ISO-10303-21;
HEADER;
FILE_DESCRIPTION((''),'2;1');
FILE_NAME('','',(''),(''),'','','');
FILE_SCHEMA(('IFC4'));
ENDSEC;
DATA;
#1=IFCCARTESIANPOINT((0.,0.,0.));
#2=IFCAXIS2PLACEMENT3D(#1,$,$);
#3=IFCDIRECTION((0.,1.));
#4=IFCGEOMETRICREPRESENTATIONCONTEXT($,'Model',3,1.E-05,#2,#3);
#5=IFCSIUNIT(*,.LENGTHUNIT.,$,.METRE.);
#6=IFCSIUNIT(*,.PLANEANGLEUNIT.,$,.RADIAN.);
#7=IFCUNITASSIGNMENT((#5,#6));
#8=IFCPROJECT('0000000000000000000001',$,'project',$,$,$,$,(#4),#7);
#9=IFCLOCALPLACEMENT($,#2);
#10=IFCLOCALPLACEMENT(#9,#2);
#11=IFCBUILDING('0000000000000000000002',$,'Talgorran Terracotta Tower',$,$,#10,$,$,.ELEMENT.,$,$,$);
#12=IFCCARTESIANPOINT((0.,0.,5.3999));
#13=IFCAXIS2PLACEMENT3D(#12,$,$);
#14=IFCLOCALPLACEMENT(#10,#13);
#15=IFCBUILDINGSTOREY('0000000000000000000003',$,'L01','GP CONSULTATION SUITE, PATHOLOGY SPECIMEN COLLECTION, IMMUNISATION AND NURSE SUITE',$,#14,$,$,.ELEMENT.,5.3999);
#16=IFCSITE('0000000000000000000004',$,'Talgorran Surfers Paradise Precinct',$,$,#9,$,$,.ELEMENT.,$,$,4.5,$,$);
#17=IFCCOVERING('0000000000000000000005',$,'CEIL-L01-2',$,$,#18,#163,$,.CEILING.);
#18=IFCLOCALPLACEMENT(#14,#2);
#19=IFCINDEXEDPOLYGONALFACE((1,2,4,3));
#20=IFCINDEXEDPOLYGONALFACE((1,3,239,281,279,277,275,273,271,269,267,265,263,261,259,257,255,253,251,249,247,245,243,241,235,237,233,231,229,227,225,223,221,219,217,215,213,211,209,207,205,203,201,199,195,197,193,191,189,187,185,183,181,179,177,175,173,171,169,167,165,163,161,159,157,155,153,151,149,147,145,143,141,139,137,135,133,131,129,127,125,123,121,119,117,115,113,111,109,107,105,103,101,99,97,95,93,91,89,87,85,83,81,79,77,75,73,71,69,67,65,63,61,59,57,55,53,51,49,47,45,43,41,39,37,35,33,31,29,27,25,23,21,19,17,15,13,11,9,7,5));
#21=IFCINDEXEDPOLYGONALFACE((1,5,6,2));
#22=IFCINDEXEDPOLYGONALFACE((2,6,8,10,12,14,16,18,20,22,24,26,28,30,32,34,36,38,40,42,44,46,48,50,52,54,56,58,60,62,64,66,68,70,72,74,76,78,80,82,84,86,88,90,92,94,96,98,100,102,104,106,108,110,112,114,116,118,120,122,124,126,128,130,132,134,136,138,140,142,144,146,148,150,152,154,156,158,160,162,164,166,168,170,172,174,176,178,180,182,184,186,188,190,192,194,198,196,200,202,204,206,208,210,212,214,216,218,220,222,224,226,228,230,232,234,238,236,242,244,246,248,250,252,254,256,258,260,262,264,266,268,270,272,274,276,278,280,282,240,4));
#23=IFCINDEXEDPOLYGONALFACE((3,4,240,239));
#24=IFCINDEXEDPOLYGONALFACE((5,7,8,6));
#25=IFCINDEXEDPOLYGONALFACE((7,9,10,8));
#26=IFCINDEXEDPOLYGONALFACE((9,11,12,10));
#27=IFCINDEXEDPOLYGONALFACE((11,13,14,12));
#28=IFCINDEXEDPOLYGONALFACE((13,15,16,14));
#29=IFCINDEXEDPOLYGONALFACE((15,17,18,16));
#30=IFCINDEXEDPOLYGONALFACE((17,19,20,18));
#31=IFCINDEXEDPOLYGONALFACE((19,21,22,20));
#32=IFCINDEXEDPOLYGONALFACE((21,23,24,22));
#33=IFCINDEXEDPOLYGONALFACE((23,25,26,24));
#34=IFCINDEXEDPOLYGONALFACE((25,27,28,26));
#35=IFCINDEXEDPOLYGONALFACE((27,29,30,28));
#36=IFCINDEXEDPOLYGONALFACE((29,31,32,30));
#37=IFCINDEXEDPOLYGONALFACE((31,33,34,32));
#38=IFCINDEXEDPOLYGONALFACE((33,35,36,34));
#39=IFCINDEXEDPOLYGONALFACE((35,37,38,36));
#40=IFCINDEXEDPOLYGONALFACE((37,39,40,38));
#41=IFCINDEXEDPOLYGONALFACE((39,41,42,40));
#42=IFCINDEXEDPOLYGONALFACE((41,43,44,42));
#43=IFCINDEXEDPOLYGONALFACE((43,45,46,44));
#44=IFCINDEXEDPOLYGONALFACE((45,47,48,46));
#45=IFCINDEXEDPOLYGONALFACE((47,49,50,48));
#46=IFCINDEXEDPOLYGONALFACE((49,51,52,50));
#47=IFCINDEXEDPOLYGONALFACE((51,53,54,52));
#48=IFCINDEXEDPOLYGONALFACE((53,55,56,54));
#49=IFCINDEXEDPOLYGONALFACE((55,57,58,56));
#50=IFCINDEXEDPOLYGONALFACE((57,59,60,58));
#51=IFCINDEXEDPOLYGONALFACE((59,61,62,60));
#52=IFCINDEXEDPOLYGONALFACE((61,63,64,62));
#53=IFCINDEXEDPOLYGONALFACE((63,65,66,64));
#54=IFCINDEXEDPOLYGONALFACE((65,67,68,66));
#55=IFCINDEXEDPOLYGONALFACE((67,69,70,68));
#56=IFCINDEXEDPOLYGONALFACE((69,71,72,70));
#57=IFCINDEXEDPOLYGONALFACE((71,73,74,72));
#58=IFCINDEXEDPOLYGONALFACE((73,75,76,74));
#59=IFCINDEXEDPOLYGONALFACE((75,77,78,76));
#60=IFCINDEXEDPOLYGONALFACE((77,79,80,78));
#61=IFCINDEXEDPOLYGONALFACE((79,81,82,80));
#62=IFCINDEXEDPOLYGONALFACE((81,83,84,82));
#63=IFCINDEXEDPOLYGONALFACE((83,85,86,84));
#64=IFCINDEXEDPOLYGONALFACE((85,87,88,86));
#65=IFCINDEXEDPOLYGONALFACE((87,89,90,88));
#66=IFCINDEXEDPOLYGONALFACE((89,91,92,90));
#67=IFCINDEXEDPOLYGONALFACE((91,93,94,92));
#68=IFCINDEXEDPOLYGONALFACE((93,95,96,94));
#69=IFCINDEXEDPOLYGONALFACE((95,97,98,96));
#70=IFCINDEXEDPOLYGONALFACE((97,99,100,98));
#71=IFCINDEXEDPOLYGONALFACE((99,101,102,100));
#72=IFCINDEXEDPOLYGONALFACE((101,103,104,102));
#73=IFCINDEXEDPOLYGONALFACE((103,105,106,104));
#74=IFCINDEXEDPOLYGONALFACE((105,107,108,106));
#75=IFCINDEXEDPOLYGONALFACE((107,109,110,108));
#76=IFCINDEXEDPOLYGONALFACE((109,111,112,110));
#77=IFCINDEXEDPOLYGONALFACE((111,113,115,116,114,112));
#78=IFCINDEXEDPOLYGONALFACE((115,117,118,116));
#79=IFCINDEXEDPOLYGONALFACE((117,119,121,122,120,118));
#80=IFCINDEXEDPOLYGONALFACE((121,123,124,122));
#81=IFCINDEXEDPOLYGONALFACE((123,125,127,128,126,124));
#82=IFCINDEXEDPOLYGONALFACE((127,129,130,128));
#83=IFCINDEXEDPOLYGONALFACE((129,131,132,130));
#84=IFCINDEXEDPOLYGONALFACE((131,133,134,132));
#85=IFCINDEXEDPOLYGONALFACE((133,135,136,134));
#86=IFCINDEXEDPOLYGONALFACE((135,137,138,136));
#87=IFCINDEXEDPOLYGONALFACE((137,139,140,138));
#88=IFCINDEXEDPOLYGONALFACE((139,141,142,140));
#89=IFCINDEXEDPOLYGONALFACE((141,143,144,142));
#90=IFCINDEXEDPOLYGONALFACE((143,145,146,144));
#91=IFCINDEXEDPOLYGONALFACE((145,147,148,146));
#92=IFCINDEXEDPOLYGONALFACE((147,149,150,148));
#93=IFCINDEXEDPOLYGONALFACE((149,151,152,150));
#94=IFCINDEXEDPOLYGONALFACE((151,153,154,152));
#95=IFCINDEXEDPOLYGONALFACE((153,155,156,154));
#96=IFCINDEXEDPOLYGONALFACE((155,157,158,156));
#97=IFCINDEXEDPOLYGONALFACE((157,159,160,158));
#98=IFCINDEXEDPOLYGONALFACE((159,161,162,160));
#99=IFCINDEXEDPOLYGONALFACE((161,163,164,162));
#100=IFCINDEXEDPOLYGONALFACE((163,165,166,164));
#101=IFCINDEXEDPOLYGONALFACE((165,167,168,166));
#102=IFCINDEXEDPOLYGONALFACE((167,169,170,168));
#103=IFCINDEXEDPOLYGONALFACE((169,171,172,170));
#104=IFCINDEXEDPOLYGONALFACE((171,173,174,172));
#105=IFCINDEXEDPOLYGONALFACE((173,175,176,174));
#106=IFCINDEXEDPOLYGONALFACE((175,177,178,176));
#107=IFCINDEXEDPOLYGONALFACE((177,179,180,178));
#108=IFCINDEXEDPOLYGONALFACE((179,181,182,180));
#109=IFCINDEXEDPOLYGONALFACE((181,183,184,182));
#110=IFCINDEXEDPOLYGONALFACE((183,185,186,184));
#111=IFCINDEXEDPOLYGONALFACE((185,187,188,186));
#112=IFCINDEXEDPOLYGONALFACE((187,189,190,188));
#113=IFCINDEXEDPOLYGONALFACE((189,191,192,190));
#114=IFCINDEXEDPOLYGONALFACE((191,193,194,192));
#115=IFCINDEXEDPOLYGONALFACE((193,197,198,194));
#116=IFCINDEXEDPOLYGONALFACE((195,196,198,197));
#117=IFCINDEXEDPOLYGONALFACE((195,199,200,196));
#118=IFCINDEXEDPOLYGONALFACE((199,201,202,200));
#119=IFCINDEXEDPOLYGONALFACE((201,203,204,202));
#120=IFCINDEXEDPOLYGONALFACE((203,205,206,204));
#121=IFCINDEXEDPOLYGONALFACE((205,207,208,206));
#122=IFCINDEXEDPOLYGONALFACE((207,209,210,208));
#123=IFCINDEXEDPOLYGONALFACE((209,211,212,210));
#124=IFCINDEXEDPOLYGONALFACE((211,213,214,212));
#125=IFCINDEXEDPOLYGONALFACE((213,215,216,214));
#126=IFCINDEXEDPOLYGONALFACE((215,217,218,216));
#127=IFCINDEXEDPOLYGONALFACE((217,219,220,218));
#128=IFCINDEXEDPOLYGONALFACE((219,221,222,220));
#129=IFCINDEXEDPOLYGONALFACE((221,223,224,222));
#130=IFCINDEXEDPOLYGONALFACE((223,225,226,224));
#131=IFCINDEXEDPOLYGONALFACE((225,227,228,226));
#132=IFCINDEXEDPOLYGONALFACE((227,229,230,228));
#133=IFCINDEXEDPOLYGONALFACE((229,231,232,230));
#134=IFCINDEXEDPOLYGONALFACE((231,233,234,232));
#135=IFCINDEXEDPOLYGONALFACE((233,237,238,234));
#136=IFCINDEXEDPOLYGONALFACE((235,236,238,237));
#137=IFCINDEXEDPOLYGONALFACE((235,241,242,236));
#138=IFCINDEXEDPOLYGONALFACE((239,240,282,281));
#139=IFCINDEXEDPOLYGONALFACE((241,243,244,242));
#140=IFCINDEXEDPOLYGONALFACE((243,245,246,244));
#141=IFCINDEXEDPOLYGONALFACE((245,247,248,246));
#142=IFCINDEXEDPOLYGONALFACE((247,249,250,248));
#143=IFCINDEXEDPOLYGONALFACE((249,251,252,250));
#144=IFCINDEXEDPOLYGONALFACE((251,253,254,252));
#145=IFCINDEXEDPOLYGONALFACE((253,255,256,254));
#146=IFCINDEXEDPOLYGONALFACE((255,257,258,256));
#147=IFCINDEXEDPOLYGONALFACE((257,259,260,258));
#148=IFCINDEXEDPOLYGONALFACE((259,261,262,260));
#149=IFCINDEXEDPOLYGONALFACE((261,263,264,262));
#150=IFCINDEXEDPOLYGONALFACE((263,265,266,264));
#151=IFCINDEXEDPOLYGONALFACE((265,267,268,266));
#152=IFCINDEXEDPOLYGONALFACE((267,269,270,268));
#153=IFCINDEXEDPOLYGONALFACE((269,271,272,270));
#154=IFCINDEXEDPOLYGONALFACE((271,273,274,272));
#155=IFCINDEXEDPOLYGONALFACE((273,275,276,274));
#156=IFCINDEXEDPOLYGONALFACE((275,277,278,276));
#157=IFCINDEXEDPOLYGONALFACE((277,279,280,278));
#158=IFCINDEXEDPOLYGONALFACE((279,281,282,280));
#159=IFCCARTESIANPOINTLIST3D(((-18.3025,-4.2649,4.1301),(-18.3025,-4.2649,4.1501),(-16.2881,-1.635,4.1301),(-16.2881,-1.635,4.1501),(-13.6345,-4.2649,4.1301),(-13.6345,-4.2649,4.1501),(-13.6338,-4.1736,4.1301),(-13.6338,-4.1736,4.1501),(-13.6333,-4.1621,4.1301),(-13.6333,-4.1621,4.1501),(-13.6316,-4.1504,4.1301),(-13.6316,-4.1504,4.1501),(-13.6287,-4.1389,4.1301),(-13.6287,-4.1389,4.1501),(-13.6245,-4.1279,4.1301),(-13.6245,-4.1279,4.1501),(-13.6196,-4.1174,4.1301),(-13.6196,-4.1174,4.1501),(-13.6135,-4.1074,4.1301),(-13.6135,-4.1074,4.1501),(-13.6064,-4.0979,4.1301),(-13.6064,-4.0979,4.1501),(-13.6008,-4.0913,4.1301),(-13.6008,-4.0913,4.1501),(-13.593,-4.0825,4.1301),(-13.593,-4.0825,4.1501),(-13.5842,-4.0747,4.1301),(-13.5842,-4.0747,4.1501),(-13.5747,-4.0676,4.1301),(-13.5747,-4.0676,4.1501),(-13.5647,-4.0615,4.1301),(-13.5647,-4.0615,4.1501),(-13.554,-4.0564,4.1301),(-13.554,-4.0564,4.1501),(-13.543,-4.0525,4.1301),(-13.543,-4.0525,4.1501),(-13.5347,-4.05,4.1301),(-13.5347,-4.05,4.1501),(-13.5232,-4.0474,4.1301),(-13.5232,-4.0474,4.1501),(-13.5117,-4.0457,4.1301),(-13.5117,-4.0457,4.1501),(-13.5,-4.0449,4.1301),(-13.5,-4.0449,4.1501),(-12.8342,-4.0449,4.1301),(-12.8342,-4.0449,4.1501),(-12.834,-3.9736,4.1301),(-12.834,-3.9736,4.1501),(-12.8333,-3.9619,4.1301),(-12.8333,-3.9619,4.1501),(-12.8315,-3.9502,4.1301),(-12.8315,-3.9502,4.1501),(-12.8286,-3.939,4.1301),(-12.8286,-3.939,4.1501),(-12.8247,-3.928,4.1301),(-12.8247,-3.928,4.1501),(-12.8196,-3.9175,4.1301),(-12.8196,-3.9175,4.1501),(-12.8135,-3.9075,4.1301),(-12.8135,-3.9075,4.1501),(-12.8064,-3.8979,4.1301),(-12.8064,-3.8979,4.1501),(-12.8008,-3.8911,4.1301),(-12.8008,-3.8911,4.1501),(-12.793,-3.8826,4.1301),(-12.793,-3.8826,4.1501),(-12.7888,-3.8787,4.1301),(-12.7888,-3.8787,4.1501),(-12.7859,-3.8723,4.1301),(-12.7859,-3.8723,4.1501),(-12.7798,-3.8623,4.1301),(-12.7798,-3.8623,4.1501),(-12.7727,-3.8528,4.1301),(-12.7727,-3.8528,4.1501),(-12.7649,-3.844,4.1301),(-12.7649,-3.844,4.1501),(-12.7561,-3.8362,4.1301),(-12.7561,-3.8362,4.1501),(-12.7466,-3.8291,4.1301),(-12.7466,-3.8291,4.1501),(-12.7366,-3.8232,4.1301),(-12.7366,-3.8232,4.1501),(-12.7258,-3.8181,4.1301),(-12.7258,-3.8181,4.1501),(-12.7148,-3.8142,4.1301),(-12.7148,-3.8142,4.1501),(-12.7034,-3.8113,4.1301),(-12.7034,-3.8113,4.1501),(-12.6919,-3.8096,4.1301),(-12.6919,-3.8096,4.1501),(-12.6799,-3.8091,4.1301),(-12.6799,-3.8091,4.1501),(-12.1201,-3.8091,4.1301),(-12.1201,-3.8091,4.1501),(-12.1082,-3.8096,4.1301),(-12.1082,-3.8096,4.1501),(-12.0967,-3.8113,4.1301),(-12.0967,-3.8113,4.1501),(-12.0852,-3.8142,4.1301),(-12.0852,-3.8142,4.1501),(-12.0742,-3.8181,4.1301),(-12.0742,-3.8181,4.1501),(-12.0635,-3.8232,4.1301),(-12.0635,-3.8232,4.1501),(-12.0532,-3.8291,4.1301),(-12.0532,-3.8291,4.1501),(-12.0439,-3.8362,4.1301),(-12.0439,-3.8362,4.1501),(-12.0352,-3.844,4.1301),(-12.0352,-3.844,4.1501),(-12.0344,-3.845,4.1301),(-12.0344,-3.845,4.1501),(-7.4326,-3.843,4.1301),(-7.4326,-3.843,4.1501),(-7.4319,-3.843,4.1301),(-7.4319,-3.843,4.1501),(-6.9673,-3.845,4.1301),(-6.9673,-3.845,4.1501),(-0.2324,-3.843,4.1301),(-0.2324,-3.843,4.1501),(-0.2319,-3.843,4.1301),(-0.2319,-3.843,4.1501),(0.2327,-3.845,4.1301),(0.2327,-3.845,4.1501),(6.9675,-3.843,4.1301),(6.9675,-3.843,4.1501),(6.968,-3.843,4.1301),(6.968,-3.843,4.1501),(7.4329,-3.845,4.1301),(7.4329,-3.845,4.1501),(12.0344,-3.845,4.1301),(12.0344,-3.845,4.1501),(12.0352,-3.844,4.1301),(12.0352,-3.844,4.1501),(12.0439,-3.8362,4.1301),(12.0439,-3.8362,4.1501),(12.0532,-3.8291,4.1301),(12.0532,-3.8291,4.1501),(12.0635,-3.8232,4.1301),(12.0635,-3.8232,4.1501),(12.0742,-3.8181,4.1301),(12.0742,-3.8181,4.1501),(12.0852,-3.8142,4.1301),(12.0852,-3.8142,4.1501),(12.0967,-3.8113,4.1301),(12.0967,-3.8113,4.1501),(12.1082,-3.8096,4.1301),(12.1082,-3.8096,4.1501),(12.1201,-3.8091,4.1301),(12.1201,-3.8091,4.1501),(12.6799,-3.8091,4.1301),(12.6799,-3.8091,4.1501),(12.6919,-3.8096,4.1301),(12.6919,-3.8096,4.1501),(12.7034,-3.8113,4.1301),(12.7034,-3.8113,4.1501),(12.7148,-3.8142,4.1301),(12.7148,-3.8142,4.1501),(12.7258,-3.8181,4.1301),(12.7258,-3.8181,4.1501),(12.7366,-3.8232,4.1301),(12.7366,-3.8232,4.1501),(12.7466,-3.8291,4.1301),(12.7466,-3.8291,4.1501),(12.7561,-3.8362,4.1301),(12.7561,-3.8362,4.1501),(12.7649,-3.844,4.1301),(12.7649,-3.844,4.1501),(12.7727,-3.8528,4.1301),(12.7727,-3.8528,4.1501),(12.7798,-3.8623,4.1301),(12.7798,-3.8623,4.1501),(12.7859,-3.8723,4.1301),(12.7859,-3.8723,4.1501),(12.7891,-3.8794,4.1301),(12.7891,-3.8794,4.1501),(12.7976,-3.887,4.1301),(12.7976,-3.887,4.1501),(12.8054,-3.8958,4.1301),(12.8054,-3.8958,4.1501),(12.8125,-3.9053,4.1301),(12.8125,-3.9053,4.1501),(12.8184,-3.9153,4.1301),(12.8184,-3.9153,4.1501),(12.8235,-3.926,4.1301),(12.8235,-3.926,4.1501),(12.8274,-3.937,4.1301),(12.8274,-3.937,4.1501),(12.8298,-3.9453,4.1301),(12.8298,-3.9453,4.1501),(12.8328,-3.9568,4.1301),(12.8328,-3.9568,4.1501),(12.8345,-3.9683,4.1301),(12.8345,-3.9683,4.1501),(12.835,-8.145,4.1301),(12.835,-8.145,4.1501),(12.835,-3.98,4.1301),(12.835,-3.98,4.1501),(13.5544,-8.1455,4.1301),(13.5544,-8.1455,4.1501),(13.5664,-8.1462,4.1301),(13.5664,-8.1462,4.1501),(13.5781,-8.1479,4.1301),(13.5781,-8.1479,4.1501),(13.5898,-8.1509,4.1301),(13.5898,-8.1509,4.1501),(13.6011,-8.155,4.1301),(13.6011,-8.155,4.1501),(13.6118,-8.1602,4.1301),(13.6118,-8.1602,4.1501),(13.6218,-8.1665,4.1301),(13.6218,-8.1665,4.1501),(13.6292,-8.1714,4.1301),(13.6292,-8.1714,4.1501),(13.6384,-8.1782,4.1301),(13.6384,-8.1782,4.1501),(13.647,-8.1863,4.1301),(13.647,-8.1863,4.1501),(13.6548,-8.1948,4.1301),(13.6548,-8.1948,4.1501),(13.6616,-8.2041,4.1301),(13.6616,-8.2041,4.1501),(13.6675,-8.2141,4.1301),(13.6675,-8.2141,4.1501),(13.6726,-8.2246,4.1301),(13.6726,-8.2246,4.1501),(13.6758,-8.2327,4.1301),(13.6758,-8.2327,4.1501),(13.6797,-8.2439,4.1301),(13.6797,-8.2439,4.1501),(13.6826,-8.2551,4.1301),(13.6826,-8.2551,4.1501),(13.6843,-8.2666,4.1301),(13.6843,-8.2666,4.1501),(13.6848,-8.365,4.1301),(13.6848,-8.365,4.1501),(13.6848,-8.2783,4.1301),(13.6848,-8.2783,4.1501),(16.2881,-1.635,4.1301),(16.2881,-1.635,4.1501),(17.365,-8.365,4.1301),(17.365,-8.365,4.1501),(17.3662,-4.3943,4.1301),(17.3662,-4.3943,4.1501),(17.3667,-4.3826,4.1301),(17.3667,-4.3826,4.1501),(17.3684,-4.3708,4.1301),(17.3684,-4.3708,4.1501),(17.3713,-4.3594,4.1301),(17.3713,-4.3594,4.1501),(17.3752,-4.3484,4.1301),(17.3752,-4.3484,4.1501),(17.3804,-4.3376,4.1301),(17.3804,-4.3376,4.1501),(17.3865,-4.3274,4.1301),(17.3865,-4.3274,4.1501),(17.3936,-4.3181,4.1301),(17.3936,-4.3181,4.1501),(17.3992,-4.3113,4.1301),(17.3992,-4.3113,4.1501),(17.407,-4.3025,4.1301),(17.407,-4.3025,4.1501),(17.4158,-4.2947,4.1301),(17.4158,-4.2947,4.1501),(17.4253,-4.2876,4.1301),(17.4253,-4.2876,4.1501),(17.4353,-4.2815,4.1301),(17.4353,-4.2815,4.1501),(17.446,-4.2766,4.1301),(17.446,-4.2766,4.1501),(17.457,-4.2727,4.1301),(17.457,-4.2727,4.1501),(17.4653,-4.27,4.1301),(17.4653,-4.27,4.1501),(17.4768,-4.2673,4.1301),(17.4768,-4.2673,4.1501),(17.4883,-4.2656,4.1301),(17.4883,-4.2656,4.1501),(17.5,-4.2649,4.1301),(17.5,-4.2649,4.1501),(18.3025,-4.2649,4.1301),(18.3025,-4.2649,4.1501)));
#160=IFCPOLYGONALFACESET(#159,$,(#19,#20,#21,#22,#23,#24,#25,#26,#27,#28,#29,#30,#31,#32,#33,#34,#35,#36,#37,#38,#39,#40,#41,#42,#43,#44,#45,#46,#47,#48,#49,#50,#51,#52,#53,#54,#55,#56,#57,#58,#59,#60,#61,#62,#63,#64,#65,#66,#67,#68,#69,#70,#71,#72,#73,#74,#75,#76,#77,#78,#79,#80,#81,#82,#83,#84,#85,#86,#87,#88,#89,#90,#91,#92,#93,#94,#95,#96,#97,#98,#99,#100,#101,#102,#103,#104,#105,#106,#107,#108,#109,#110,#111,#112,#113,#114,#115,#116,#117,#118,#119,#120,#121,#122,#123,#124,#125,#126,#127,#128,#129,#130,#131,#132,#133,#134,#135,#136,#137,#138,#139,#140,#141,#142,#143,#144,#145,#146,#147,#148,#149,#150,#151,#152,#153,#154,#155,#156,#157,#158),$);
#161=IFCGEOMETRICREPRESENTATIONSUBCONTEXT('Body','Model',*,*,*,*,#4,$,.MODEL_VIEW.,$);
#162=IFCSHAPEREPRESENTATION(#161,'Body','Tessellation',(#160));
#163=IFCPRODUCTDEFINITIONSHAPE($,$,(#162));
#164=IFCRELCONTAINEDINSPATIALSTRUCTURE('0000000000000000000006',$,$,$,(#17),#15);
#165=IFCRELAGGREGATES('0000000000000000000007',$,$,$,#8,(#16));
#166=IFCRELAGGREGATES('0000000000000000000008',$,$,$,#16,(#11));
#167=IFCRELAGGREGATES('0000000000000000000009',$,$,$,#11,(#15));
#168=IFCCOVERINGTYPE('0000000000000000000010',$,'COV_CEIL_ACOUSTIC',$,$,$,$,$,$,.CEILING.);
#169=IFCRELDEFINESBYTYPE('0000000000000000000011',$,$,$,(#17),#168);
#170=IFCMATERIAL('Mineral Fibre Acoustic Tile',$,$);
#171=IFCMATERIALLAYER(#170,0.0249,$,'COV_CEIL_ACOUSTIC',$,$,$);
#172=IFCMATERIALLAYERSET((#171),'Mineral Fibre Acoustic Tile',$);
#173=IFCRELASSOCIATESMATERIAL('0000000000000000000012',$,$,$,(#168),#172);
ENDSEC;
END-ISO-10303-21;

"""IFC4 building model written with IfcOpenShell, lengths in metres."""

from ifc_helpers import new_model, si_unit, direction, frame, origin, place, context, subcontext, project, spatial, polyline, outline, extrude, material, layer, layer_set, type_object, element, save


model = new_model("IFC4")

# Units and contexts
model_context = context("Model", 3, precision=1e-05, world=origin(), true_north=direction((0.0, 1.0)))
body_context = subcontext(model_context, "Body", "Model", "MODEL_VIEW")
ifc_project = project(units=[si_unit("LENGTHUNIT", "METRE"), si_unit("PLANEANGLEUNIT", "RADIAN")], contexts=[model_context])

# Site, building, storey
site_placement = place(None, origin())
site = spatial("IfcSite", under=ifc_project, at=site_placement, Name="Talgorran Surfers Paradise Precinct", CompositionType="ELEMENT", RefElevation=4.5)
building_placement = place(site_placement, origin())
building = spatial("IfcBuilding", under=site, at=building_placement, Name="Talgorran Terracotta Tower", CompositionType="ELEMENT")
storey_placement = place(building_placement, frame((0.0, 0.0, 5.3999)))
storey = spatial("IfcBuildingStorey", under=building, at=storey_placement, Name="L01", Description="GP CONSULTATION SUITE, PATHOLOGY SPECIMEN COLLECTION, IMMUNISATION AND NURSE SUITE", CompositionType="ELEMENT", Elevation=5.3999)

# Covering
ifc_material_1 = material(Name="Mineral Fibre Acoustic Tile")
ifc_layer_1 = layer(ifc_material_1, 0.0249, Name="COV_CEIL_ACOUSTIC")
ifc_layer_set_1 = layer_set([ifc_layer_1], Name="Mineral Fibre Acoustic Tile")
covering_type_1 = type_object("IfcCoveringType", Name="COV_CEIL_ACOUSTIC", PredefinedType="CEILING", material=ifc_layer_set_1)
covering_1_placement = place(storey_placement, frame((0.0, 0.0, 4.1301)))
element("IfcCovering", 1, at=covering_1_placement, inside=storey, type_object=covering_type_1, Name="CEIL-L01-2", PredefinedType="CEILING", context=body_context, shape_type="SweptSolid", body=[
    extrude(outline(polyline([(-12.7888, -3.8787), (-12.793, -3.8826), (-12.8008, -3.8911), (-12.8064, -3.8979), (-12.8135, -3.9075), (-12.8196, -3.9175), (-12.8247, -3.928), (-12.8286, -3.939), (-12.8315, -3.9502), (-12.8333, -3.9619), (-12.834, -3.9736), (-12.8342, -4.0449), (-13.5, -4.0449), (-13.5117, -4.0457), (-13.5232, -4.0474), (-13.5347, -4.05), (-13.543, -4.0525), (-13.554, -4.0564), (-13.5647, -4.0615), (-13.5747, -4.0676), (-13.5842, -4.0747), (-13.593, -4.0825), (-13.6008, -4.0913), (-13.6064, -4.0979), (-13.6135, -4.1074), (-13.6196, -4.1174), (-13.6245, -4.1279), (-13.6287, -4.1389), (-13.6316, -4.1504), (-13.6333, -4.1621), (-13.6338, -4.1736), (-13.6345, -4.2649), (-18.3025, -4.2649), (-16.2881, -1.635), (16.2881, -1.635), (18.3025, -4.2649), (17.5, -4.2649), (17.4883, -4.2656), (17.4768, -4.2673), (17.4653, -4.27), (17.457, -4.2727), (17.446, -4.2766), (17.4353, -4.2815), (17.4253, -4.2876), (17.4158, -4.2947), (17.407, -4.3025), (17.3992, -4.3113), (17.3936, -4.3181), (17.3865, -4.3274), (17.3804, -4.3376), (17.3752, -4.3484), (17.3713, -4.3594), (17.3684, -4.3708), (17.3667, -4.3826), (17.3662, -4.3943), (17.365, -8.365), (13.6848, -8.365), (13.6848, -8.2783), (13.6843, -8.2666), (13.6826, -8.2551), (13.6797, -8.2439), (13.6758, -8.2327), (13.6726, -8.2246), (13.6675, -8.2141), (13.6616, -8.2041), (13.6548, -8.1948), (13.647, -8.1863), (13.6384, -8.1782), (13.6292, -8.1714), (13.6218, -8.1665), (13.6118, -8.1602), (13.6011, -8.155), (13.5898, -8.1509), (13.5781, -8.1479), (13.5664, -8.1462), (13.5544, -8.1455), (12.835, -8.145), (12.835, -3.98), (12.8345, -3.9683), (12.8328, -3.9568), (12.8298, -3.9453), (12.8274, -3.937), (12.8235, -3.926), (12.8184, -3.9153), (12.8125, -3.9053), (12.8054, -3.8958), (12.7976, -3.887), (12.7891, -3.8794), (12.7859, -3.8723), (12.7798, -3.8623), (12.7727, -3.8528), (12.7649, -3.844), (12.7561, -3.8362), (12.7466, -3.8291), (12.7366, -3.8232), (12.7258, -3.8181), (12.7148, -3.8142), (12.7034, -3.8113), (12.6919, -3.8096), (12.6799, -3.8091), (12.1201, -3.8091), (12.1082, -3.8096), (12.0967, -3.8113), (12.0852, -3.8142), (12.0742, -3.8181), (12.0635, -3.8232), (12.0532, -3.8291), (12.0439, -3.8362), (12.0352, -3.844), (12.0344, -3.845), (7.4329, -3.845), (6.968, -3.843), (6.9675, -3.843), (0.2327, -3.845), (-0.2319, -3.843), (-0.2324, -3.843), (-6.9673, -3.845), (-7.4319, -3.843), (-7.4326, -3.843), (-12.0344, -3.845), (-12.0352, -3.844), (-12.0439, -3.8362), (-12.0532, -3.8291), (-12.0635, -3.8232), (-12.0742, -3.8181), (-12.0852, -3.8142), (-12.0967, -3.8113), (-12.1082, -3.8096), (-12.1201, -3.8091), (-12.6799, -3.8091), (-12.6919, -3.8096), (-12.7034, -3.8113), (-12.7148, -3.8142), (-12.7258, -3.8181), (-12.7366, -3.8232), (-12.7466, -3.8291), (-12.7561, -3.8362), (-12.7649, -3.844), (-12.7727, -3.8528), (-12.7798, -3.8623), (-12.7859, -3.8723), (-12.7888, -3.8787)])), origin(), (0.0, 0.0, 1.0), 0.02),
])

save(model, "model.ifc")
